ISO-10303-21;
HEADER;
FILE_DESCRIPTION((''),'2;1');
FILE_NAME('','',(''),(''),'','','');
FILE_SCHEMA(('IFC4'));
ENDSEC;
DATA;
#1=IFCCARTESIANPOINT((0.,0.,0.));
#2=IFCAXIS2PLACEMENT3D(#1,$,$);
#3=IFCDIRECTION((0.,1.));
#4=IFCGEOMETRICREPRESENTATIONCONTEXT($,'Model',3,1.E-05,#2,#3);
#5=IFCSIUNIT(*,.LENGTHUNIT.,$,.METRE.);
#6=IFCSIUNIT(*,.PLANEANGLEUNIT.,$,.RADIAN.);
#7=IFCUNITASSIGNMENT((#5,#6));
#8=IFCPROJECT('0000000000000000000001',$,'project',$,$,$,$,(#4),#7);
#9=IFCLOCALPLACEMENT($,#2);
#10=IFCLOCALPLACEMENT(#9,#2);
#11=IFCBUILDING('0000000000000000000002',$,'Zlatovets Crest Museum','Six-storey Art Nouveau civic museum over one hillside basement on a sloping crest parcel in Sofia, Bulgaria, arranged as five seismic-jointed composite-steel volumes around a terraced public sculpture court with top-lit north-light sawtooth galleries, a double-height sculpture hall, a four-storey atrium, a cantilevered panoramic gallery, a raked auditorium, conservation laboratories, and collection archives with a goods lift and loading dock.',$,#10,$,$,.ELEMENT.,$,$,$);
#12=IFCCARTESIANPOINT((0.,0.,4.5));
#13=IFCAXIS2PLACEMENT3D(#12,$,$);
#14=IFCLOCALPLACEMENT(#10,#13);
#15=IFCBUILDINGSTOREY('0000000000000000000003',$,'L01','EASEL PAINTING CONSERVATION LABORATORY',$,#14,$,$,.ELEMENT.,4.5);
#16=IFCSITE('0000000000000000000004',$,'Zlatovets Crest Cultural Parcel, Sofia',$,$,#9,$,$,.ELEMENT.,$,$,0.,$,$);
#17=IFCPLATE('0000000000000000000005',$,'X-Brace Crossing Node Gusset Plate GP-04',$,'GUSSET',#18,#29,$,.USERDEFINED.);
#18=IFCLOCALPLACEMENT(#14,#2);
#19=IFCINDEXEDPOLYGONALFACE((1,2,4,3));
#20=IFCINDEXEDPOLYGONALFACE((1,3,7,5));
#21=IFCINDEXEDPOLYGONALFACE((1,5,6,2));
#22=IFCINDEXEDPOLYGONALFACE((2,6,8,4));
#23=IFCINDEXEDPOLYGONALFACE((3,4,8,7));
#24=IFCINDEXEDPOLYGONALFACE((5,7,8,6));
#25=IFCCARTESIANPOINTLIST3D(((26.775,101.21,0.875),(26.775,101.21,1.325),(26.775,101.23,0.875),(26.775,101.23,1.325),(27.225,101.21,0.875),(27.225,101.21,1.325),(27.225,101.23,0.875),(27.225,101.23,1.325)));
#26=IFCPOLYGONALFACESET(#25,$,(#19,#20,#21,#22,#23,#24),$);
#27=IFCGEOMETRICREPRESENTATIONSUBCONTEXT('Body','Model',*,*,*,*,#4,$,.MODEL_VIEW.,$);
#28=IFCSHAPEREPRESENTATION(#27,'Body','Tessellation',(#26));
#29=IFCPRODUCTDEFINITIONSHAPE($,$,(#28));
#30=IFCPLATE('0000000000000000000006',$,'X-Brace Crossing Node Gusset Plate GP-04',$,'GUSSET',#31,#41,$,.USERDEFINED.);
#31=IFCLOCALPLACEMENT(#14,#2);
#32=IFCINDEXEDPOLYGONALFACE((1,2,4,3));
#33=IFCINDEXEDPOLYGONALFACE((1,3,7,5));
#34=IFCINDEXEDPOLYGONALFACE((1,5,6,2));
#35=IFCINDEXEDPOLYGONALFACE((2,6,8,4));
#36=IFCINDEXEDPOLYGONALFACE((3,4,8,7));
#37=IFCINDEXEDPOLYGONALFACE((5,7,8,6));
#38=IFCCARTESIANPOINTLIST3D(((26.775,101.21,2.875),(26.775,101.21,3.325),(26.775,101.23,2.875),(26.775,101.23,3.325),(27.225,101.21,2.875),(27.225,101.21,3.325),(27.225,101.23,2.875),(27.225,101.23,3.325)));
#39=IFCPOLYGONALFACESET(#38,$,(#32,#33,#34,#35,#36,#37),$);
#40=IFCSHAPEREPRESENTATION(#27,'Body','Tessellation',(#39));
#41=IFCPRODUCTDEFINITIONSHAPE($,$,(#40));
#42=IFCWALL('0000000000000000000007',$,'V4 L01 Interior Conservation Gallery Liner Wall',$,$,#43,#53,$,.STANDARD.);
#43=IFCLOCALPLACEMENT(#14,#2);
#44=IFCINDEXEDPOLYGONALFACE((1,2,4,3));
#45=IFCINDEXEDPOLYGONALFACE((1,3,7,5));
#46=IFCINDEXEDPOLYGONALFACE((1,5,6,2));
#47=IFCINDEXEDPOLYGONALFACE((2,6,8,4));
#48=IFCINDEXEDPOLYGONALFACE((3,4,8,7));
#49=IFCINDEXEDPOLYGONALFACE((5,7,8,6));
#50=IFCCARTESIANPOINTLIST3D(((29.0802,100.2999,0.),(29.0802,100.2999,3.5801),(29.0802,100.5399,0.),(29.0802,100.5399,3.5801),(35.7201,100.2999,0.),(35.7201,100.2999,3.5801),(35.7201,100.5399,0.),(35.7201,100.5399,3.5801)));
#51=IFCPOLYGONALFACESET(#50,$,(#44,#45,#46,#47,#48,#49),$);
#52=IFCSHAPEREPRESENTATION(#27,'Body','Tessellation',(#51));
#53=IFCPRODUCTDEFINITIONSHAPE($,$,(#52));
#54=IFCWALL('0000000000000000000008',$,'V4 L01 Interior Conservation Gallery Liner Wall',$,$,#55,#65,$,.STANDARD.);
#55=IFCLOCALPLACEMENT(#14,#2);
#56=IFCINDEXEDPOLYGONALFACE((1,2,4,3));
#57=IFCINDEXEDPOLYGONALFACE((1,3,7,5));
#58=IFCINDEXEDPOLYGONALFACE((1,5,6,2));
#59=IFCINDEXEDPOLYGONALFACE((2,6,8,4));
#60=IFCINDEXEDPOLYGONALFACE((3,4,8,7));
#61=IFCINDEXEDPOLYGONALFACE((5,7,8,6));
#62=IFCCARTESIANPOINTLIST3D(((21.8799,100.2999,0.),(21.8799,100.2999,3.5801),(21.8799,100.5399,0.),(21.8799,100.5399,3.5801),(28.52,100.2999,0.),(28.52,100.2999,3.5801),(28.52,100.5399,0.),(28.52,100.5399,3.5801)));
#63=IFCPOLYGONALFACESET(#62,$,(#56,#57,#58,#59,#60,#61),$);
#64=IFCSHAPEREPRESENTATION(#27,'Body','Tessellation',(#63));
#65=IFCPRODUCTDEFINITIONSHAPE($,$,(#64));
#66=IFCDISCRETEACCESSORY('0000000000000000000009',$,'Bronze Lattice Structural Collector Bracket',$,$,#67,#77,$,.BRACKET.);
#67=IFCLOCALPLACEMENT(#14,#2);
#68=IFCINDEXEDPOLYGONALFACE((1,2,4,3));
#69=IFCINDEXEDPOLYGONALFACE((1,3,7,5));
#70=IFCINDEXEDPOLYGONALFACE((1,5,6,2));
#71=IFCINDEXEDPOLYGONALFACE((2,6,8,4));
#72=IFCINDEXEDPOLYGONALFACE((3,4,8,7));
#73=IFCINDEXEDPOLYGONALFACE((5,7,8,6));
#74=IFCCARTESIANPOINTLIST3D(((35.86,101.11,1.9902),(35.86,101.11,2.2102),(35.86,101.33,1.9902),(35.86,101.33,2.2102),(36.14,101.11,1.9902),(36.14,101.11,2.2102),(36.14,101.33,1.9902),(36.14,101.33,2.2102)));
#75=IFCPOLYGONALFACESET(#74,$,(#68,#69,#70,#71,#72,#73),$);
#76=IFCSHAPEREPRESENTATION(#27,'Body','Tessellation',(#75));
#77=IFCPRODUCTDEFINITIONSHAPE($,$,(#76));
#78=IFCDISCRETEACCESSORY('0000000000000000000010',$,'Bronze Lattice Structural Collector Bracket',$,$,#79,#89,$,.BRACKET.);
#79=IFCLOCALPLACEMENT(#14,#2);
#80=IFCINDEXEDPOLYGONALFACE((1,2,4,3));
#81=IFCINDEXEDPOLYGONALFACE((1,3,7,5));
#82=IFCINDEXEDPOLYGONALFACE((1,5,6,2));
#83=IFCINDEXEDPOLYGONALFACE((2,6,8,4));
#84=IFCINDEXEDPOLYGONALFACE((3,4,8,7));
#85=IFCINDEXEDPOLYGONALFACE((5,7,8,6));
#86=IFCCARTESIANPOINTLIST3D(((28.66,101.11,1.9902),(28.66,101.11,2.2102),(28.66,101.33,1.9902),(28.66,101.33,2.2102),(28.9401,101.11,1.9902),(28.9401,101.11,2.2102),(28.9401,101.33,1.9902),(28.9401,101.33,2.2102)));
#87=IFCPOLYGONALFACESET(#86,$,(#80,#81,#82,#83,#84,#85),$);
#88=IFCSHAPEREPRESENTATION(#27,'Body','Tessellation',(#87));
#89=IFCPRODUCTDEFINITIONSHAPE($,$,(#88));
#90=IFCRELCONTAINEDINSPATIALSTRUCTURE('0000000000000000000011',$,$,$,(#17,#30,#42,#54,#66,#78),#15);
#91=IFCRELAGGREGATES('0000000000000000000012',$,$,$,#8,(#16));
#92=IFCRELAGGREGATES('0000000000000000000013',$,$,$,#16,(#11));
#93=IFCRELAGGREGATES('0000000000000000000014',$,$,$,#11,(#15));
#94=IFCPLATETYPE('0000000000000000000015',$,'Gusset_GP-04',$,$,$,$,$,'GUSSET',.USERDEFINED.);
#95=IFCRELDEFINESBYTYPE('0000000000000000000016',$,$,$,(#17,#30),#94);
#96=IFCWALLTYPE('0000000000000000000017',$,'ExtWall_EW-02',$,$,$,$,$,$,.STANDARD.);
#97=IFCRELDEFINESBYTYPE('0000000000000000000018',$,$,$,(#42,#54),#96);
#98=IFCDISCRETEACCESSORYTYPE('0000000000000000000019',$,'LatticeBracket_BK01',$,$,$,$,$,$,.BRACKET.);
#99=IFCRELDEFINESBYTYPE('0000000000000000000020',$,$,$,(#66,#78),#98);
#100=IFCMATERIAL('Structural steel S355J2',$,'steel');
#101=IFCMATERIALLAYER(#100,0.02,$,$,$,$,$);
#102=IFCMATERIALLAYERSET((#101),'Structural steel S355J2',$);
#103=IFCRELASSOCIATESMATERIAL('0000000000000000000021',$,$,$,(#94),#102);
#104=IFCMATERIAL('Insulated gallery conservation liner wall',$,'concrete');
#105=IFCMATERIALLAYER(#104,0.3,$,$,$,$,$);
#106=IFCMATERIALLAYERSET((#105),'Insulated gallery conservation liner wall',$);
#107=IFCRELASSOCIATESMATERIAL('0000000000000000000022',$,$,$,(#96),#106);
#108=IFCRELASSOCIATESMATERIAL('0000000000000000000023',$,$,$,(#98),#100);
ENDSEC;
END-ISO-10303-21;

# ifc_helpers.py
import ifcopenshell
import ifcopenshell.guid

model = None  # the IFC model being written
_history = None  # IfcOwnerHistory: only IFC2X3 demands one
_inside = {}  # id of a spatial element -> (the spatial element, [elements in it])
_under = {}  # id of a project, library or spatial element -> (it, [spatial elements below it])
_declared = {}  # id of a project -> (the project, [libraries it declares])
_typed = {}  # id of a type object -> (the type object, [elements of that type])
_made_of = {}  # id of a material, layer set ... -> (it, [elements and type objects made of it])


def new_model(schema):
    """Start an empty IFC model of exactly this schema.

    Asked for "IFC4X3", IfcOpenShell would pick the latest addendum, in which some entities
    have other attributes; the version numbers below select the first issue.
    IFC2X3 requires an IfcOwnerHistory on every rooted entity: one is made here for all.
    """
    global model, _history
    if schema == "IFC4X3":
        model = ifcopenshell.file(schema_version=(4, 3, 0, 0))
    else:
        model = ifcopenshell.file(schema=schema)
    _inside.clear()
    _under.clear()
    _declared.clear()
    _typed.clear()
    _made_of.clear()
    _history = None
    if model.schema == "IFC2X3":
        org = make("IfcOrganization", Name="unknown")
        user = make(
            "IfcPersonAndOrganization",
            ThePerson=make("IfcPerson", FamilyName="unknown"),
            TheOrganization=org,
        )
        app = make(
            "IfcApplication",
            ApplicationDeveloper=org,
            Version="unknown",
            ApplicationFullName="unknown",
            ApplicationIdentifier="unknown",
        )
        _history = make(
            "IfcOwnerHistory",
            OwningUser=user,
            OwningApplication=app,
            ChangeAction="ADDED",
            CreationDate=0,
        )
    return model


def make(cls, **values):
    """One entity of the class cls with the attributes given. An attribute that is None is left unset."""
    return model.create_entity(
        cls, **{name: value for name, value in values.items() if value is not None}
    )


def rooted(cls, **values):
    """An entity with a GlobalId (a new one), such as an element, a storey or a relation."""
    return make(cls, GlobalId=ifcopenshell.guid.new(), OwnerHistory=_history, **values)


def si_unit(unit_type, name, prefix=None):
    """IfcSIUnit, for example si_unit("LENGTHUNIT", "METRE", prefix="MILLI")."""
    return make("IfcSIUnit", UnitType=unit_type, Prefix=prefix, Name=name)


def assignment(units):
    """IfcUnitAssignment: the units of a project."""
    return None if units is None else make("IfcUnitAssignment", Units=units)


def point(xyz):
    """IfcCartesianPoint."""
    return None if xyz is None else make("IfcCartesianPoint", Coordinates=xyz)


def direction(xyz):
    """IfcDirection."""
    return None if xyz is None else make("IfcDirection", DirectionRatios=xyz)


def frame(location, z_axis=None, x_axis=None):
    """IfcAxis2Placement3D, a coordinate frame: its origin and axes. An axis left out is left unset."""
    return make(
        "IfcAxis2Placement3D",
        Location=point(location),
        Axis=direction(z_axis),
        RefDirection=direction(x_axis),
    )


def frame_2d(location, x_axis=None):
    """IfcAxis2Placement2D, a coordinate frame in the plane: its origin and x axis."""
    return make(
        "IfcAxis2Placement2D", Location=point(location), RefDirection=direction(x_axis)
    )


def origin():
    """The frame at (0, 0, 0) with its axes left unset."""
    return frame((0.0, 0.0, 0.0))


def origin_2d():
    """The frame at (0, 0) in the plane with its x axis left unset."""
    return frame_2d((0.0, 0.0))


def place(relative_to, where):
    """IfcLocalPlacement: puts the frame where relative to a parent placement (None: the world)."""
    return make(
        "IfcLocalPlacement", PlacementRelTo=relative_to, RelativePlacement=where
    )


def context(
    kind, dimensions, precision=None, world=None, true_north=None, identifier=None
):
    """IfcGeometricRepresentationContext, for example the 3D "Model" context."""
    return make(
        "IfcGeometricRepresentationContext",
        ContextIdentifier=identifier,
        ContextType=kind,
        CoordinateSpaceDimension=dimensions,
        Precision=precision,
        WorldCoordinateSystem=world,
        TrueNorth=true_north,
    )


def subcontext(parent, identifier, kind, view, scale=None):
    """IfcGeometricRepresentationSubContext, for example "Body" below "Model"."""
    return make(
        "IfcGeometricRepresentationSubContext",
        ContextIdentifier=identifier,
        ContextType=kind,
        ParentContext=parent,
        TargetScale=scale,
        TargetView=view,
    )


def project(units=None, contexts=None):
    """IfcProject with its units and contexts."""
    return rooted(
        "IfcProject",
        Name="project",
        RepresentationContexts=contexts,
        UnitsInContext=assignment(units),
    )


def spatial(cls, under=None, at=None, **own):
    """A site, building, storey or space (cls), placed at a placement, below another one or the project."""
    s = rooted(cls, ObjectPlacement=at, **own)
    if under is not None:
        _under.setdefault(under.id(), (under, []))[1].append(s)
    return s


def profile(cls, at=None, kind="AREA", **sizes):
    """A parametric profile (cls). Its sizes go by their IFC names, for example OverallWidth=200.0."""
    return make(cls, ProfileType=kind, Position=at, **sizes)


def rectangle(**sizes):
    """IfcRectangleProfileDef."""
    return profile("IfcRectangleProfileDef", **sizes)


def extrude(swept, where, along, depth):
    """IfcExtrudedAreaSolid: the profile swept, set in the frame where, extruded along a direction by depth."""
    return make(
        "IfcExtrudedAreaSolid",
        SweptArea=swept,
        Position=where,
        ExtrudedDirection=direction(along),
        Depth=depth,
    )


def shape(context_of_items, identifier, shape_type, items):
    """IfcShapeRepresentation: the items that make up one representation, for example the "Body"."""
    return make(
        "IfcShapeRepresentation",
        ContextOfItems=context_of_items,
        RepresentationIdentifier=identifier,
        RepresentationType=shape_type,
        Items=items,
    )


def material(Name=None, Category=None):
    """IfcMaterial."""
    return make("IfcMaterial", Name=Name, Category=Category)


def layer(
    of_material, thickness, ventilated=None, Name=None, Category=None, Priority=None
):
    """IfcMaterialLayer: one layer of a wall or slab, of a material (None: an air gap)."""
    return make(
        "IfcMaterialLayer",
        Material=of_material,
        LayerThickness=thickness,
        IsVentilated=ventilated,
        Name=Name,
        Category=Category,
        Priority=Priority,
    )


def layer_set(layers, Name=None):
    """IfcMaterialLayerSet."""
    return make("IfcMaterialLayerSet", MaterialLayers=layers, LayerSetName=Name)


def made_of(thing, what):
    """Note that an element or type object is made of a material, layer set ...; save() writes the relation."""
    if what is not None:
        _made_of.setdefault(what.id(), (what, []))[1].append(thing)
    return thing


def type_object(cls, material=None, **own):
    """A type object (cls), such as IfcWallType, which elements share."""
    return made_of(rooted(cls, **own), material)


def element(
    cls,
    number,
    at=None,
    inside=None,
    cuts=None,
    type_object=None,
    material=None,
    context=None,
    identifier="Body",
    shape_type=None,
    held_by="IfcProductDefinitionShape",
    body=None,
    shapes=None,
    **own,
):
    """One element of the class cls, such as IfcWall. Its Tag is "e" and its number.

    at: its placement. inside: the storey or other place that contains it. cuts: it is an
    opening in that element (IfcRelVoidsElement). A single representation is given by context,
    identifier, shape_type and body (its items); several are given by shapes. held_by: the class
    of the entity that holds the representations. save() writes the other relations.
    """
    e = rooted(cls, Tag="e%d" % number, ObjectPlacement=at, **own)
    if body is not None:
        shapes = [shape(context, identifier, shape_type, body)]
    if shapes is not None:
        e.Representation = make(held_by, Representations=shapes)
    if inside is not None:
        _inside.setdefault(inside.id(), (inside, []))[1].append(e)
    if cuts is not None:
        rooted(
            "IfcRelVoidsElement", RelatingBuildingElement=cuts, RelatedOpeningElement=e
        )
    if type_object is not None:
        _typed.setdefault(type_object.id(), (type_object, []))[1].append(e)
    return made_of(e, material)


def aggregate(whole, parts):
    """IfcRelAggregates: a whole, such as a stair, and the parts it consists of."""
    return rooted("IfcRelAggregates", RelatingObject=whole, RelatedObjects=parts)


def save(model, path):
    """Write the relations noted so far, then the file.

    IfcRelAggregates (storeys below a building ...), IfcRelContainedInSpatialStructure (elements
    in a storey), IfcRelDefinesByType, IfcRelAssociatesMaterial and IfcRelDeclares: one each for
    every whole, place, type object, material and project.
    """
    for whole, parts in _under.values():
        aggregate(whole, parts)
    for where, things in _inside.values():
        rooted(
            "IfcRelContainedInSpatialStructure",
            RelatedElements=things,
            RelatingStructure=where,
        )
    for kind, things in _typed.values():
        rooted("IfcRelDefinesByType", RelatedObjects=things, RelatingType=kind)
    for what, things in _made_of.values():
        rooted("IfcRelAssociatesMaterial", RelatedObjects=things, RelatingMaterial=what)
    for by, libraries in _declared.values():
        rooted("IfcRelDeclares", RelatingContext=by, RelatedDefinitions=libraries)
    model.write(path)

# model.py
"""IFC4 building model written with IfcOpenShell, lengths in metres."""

from ifc_helpers import new_model, si_unit, direction, frame, frame_2d, origin, origin_2d, place, context, subcontext, project, spatial, rectangle, extrude, material, layer, layer_set, type_object, element, save


model = new_model("IFC4")

# Units and contexts
model_context = context("Model", 3, precision=1e-05, world=origin(), true_north=direction((0.0, 1.0)))
body_context = subcontext(model_context, "Body", "Model", "MODEL_VIEW")
ifc_project = project(units=[si_unit("LENGTHUNIT", "METRE"), si_unit("PLANEANGLEUNIT", "RADIAN")], contexts=[model_context])

# Site, building, storey
site_placement = place(None, origin())
site = spatial("IfcSite", under=ifc_project, at=site_placement, Name="Zlatovets Crest Cultural Parcel, Sofia", CompositionType="ELEMENT", RefElevation=0.0)
building_placement = place(site_placement, origin())
building = spatial("IfcBuilding", under=site, at=building_placement, Name="Zlatovets Crest Museum", Description="Six-storey Art Nouveau civic museum over one hillside basement on a sloping crest parcel in Sofia, Bulgaria, arranged as five seismic-jointed composite-steel volumes around a terraced public sculpture court with top-lit north-light sawtooth galleries, a double-height sculpture hall, a four-storey atrium, a cantilevered panoramic gallery, a raked auditorium, conservation laboratories, and collection archives with a goods lift and loading dock.", CompositionType="ELEMENT")
storey_placement = place(building_placement, frame((0.0, 0.0, 4.5)))
storey = spatial("IfcBuildingStorey", under=building, at=storey_placement, Name="L01", Description="EASEL PAINTING CONSERVATION LABORATORY", CompositionType="ELEMENT", Elevation=4.5)

# Shared definitions
ifc_material_1 = material(Name="Structural steel S355J2", Category="steel")

# Plates
ifc_layer_1 = layer(ifc_material_1, 0.02)
ifc_layer_set_1 = layer_set([ifc_layer_1], Name="Structural steel S355J2")
plate_type_1 = type_object("IfcPlateType", Name="Gusset_GP-04", ElementType="GUSSET", PredefinedType="USERDEFINED", material=ifc_layer_set_1)
for number, where, z_axis, x_axis, name in (
    (1, (27.0, 101.22, 0.875), (0.0, 0.0, 1.0), (1.0, 0.0, 0.0), "X-Brace Crossing Node Gusset Plate GP-04"),
    (2, (27.0, 101.22, 2.875), (0.0, 0.0, 1.0), (1.0, 0.0, 0.0), "X-Brace Crossing Node Gusset Plate GP-04"),
):
    element("IfcPlate", number, at=place(storey_placement, frame(where, z_axis=z_axis, x_axis=x_axis)), inside=storey, type_object=plate_type_1, Name=name, ObjectType="GUSSET", PredefinedType="USERDEFINED", context=body_context, shape_type="SweptSolid", body=[
        extrude(rectangle(XDim=0.45, YDim=0.02, at=origin_2d()), origin(), (0.0, 0.0, 1.0), 0.45),
    ])

# Walls
ifc_material_2 = material(Name="Insulated gallery conservation liner wall", Category="concrete")
ifc_layer_2 = layer(ifc_material_2, 0.3)
ifc_layer_set_2 = layer_set([ifc_layer_2], Name="Insulated gallery conservation liner wall")
wall_type = type_object("IfcWallType", Name="ExtWall_EW-02", PredefinedType="STANDARD", material=ifc_layer_set_2)
wall_1_placement = place(storey_placement, frame((35.72, 100.4199, 0.0), z_axis=(0.0, 0.0, 1.0), x_axis=(-1.0, 0.0, 0.0)))
element("IfcWall", 3, at=wall_1_placement, inside=storey, type_object=wall_type, Name="V4 L01 Interior Conservation Gallery Liner Wall", PredefinedType="STANDARD", context=body_context, shape_type="SweptSolid", body=[
    extrude(rectangle(XDim=6.6399, YDim=0.24, at=frame_2d((3.3198, 0.0))), origin(), (0.0, 0.0, 1.0), 3.5801),
])
wall_2_placement = place(storey_placement, frame((28.52, 100.4199, 0.0), z_axis=(0.0, 0.0, 1.0), x_axis=(-1.0, 0.0, 0.0)))
element("IfcWall", 4, at=wall_2_placement, inside=storey, type_object=wall_type, Name="V4 L01 Interior Conservation Gallery Liner Wall", PredefinedType="STANDARD", context=body_context, shape_type="SweptSolid", body=[
    extrude(rectangle(XDim=6.6401, YDim=0.24, at=frame_2d((3.3201, 0.0))), origin(), (0.0, 0.0, 1.0), 3.5801),
])

# Discrete accessories
discrete_accessory_type = type_object("IfcDiscreteAccessoryType", Name="LatticeBracket_BK01", PredefinedType="BRACKET", material=ifc_material_1)
for number, where, z_axis, x_axis, name in (
    (5, (36.0, 101.22, 1.9902), (0.0, 0.0, 1.0), (1.0, 0.0, 0.0), "Bronze Lattice Structural Collector Bracket"),
    (6, (28.8, 101.22, 1.9902), (0.0, 0.0, 1.0), (1.0, 0.0, 0.0), "Bronze Lattice Structural Collector Bracket"),
):
    element("IfcDiscreteAccessory", number, at=place(storey_placement, frame(where, z_axis=z_axis, x_axis=x_axis)), inside=storey, type_object=discrete_accessory_type, Name=name, PredefinedType="BRACKET", context=body_context, shape_type="SweptSolid", body=[
        extrude(rectangle(XDim=0.28, YDim=0.22, at=origin_2d()), origin(), (0.0, 0.0, 1.0), 0.22),
    ])

save(model, "model.ifc")
